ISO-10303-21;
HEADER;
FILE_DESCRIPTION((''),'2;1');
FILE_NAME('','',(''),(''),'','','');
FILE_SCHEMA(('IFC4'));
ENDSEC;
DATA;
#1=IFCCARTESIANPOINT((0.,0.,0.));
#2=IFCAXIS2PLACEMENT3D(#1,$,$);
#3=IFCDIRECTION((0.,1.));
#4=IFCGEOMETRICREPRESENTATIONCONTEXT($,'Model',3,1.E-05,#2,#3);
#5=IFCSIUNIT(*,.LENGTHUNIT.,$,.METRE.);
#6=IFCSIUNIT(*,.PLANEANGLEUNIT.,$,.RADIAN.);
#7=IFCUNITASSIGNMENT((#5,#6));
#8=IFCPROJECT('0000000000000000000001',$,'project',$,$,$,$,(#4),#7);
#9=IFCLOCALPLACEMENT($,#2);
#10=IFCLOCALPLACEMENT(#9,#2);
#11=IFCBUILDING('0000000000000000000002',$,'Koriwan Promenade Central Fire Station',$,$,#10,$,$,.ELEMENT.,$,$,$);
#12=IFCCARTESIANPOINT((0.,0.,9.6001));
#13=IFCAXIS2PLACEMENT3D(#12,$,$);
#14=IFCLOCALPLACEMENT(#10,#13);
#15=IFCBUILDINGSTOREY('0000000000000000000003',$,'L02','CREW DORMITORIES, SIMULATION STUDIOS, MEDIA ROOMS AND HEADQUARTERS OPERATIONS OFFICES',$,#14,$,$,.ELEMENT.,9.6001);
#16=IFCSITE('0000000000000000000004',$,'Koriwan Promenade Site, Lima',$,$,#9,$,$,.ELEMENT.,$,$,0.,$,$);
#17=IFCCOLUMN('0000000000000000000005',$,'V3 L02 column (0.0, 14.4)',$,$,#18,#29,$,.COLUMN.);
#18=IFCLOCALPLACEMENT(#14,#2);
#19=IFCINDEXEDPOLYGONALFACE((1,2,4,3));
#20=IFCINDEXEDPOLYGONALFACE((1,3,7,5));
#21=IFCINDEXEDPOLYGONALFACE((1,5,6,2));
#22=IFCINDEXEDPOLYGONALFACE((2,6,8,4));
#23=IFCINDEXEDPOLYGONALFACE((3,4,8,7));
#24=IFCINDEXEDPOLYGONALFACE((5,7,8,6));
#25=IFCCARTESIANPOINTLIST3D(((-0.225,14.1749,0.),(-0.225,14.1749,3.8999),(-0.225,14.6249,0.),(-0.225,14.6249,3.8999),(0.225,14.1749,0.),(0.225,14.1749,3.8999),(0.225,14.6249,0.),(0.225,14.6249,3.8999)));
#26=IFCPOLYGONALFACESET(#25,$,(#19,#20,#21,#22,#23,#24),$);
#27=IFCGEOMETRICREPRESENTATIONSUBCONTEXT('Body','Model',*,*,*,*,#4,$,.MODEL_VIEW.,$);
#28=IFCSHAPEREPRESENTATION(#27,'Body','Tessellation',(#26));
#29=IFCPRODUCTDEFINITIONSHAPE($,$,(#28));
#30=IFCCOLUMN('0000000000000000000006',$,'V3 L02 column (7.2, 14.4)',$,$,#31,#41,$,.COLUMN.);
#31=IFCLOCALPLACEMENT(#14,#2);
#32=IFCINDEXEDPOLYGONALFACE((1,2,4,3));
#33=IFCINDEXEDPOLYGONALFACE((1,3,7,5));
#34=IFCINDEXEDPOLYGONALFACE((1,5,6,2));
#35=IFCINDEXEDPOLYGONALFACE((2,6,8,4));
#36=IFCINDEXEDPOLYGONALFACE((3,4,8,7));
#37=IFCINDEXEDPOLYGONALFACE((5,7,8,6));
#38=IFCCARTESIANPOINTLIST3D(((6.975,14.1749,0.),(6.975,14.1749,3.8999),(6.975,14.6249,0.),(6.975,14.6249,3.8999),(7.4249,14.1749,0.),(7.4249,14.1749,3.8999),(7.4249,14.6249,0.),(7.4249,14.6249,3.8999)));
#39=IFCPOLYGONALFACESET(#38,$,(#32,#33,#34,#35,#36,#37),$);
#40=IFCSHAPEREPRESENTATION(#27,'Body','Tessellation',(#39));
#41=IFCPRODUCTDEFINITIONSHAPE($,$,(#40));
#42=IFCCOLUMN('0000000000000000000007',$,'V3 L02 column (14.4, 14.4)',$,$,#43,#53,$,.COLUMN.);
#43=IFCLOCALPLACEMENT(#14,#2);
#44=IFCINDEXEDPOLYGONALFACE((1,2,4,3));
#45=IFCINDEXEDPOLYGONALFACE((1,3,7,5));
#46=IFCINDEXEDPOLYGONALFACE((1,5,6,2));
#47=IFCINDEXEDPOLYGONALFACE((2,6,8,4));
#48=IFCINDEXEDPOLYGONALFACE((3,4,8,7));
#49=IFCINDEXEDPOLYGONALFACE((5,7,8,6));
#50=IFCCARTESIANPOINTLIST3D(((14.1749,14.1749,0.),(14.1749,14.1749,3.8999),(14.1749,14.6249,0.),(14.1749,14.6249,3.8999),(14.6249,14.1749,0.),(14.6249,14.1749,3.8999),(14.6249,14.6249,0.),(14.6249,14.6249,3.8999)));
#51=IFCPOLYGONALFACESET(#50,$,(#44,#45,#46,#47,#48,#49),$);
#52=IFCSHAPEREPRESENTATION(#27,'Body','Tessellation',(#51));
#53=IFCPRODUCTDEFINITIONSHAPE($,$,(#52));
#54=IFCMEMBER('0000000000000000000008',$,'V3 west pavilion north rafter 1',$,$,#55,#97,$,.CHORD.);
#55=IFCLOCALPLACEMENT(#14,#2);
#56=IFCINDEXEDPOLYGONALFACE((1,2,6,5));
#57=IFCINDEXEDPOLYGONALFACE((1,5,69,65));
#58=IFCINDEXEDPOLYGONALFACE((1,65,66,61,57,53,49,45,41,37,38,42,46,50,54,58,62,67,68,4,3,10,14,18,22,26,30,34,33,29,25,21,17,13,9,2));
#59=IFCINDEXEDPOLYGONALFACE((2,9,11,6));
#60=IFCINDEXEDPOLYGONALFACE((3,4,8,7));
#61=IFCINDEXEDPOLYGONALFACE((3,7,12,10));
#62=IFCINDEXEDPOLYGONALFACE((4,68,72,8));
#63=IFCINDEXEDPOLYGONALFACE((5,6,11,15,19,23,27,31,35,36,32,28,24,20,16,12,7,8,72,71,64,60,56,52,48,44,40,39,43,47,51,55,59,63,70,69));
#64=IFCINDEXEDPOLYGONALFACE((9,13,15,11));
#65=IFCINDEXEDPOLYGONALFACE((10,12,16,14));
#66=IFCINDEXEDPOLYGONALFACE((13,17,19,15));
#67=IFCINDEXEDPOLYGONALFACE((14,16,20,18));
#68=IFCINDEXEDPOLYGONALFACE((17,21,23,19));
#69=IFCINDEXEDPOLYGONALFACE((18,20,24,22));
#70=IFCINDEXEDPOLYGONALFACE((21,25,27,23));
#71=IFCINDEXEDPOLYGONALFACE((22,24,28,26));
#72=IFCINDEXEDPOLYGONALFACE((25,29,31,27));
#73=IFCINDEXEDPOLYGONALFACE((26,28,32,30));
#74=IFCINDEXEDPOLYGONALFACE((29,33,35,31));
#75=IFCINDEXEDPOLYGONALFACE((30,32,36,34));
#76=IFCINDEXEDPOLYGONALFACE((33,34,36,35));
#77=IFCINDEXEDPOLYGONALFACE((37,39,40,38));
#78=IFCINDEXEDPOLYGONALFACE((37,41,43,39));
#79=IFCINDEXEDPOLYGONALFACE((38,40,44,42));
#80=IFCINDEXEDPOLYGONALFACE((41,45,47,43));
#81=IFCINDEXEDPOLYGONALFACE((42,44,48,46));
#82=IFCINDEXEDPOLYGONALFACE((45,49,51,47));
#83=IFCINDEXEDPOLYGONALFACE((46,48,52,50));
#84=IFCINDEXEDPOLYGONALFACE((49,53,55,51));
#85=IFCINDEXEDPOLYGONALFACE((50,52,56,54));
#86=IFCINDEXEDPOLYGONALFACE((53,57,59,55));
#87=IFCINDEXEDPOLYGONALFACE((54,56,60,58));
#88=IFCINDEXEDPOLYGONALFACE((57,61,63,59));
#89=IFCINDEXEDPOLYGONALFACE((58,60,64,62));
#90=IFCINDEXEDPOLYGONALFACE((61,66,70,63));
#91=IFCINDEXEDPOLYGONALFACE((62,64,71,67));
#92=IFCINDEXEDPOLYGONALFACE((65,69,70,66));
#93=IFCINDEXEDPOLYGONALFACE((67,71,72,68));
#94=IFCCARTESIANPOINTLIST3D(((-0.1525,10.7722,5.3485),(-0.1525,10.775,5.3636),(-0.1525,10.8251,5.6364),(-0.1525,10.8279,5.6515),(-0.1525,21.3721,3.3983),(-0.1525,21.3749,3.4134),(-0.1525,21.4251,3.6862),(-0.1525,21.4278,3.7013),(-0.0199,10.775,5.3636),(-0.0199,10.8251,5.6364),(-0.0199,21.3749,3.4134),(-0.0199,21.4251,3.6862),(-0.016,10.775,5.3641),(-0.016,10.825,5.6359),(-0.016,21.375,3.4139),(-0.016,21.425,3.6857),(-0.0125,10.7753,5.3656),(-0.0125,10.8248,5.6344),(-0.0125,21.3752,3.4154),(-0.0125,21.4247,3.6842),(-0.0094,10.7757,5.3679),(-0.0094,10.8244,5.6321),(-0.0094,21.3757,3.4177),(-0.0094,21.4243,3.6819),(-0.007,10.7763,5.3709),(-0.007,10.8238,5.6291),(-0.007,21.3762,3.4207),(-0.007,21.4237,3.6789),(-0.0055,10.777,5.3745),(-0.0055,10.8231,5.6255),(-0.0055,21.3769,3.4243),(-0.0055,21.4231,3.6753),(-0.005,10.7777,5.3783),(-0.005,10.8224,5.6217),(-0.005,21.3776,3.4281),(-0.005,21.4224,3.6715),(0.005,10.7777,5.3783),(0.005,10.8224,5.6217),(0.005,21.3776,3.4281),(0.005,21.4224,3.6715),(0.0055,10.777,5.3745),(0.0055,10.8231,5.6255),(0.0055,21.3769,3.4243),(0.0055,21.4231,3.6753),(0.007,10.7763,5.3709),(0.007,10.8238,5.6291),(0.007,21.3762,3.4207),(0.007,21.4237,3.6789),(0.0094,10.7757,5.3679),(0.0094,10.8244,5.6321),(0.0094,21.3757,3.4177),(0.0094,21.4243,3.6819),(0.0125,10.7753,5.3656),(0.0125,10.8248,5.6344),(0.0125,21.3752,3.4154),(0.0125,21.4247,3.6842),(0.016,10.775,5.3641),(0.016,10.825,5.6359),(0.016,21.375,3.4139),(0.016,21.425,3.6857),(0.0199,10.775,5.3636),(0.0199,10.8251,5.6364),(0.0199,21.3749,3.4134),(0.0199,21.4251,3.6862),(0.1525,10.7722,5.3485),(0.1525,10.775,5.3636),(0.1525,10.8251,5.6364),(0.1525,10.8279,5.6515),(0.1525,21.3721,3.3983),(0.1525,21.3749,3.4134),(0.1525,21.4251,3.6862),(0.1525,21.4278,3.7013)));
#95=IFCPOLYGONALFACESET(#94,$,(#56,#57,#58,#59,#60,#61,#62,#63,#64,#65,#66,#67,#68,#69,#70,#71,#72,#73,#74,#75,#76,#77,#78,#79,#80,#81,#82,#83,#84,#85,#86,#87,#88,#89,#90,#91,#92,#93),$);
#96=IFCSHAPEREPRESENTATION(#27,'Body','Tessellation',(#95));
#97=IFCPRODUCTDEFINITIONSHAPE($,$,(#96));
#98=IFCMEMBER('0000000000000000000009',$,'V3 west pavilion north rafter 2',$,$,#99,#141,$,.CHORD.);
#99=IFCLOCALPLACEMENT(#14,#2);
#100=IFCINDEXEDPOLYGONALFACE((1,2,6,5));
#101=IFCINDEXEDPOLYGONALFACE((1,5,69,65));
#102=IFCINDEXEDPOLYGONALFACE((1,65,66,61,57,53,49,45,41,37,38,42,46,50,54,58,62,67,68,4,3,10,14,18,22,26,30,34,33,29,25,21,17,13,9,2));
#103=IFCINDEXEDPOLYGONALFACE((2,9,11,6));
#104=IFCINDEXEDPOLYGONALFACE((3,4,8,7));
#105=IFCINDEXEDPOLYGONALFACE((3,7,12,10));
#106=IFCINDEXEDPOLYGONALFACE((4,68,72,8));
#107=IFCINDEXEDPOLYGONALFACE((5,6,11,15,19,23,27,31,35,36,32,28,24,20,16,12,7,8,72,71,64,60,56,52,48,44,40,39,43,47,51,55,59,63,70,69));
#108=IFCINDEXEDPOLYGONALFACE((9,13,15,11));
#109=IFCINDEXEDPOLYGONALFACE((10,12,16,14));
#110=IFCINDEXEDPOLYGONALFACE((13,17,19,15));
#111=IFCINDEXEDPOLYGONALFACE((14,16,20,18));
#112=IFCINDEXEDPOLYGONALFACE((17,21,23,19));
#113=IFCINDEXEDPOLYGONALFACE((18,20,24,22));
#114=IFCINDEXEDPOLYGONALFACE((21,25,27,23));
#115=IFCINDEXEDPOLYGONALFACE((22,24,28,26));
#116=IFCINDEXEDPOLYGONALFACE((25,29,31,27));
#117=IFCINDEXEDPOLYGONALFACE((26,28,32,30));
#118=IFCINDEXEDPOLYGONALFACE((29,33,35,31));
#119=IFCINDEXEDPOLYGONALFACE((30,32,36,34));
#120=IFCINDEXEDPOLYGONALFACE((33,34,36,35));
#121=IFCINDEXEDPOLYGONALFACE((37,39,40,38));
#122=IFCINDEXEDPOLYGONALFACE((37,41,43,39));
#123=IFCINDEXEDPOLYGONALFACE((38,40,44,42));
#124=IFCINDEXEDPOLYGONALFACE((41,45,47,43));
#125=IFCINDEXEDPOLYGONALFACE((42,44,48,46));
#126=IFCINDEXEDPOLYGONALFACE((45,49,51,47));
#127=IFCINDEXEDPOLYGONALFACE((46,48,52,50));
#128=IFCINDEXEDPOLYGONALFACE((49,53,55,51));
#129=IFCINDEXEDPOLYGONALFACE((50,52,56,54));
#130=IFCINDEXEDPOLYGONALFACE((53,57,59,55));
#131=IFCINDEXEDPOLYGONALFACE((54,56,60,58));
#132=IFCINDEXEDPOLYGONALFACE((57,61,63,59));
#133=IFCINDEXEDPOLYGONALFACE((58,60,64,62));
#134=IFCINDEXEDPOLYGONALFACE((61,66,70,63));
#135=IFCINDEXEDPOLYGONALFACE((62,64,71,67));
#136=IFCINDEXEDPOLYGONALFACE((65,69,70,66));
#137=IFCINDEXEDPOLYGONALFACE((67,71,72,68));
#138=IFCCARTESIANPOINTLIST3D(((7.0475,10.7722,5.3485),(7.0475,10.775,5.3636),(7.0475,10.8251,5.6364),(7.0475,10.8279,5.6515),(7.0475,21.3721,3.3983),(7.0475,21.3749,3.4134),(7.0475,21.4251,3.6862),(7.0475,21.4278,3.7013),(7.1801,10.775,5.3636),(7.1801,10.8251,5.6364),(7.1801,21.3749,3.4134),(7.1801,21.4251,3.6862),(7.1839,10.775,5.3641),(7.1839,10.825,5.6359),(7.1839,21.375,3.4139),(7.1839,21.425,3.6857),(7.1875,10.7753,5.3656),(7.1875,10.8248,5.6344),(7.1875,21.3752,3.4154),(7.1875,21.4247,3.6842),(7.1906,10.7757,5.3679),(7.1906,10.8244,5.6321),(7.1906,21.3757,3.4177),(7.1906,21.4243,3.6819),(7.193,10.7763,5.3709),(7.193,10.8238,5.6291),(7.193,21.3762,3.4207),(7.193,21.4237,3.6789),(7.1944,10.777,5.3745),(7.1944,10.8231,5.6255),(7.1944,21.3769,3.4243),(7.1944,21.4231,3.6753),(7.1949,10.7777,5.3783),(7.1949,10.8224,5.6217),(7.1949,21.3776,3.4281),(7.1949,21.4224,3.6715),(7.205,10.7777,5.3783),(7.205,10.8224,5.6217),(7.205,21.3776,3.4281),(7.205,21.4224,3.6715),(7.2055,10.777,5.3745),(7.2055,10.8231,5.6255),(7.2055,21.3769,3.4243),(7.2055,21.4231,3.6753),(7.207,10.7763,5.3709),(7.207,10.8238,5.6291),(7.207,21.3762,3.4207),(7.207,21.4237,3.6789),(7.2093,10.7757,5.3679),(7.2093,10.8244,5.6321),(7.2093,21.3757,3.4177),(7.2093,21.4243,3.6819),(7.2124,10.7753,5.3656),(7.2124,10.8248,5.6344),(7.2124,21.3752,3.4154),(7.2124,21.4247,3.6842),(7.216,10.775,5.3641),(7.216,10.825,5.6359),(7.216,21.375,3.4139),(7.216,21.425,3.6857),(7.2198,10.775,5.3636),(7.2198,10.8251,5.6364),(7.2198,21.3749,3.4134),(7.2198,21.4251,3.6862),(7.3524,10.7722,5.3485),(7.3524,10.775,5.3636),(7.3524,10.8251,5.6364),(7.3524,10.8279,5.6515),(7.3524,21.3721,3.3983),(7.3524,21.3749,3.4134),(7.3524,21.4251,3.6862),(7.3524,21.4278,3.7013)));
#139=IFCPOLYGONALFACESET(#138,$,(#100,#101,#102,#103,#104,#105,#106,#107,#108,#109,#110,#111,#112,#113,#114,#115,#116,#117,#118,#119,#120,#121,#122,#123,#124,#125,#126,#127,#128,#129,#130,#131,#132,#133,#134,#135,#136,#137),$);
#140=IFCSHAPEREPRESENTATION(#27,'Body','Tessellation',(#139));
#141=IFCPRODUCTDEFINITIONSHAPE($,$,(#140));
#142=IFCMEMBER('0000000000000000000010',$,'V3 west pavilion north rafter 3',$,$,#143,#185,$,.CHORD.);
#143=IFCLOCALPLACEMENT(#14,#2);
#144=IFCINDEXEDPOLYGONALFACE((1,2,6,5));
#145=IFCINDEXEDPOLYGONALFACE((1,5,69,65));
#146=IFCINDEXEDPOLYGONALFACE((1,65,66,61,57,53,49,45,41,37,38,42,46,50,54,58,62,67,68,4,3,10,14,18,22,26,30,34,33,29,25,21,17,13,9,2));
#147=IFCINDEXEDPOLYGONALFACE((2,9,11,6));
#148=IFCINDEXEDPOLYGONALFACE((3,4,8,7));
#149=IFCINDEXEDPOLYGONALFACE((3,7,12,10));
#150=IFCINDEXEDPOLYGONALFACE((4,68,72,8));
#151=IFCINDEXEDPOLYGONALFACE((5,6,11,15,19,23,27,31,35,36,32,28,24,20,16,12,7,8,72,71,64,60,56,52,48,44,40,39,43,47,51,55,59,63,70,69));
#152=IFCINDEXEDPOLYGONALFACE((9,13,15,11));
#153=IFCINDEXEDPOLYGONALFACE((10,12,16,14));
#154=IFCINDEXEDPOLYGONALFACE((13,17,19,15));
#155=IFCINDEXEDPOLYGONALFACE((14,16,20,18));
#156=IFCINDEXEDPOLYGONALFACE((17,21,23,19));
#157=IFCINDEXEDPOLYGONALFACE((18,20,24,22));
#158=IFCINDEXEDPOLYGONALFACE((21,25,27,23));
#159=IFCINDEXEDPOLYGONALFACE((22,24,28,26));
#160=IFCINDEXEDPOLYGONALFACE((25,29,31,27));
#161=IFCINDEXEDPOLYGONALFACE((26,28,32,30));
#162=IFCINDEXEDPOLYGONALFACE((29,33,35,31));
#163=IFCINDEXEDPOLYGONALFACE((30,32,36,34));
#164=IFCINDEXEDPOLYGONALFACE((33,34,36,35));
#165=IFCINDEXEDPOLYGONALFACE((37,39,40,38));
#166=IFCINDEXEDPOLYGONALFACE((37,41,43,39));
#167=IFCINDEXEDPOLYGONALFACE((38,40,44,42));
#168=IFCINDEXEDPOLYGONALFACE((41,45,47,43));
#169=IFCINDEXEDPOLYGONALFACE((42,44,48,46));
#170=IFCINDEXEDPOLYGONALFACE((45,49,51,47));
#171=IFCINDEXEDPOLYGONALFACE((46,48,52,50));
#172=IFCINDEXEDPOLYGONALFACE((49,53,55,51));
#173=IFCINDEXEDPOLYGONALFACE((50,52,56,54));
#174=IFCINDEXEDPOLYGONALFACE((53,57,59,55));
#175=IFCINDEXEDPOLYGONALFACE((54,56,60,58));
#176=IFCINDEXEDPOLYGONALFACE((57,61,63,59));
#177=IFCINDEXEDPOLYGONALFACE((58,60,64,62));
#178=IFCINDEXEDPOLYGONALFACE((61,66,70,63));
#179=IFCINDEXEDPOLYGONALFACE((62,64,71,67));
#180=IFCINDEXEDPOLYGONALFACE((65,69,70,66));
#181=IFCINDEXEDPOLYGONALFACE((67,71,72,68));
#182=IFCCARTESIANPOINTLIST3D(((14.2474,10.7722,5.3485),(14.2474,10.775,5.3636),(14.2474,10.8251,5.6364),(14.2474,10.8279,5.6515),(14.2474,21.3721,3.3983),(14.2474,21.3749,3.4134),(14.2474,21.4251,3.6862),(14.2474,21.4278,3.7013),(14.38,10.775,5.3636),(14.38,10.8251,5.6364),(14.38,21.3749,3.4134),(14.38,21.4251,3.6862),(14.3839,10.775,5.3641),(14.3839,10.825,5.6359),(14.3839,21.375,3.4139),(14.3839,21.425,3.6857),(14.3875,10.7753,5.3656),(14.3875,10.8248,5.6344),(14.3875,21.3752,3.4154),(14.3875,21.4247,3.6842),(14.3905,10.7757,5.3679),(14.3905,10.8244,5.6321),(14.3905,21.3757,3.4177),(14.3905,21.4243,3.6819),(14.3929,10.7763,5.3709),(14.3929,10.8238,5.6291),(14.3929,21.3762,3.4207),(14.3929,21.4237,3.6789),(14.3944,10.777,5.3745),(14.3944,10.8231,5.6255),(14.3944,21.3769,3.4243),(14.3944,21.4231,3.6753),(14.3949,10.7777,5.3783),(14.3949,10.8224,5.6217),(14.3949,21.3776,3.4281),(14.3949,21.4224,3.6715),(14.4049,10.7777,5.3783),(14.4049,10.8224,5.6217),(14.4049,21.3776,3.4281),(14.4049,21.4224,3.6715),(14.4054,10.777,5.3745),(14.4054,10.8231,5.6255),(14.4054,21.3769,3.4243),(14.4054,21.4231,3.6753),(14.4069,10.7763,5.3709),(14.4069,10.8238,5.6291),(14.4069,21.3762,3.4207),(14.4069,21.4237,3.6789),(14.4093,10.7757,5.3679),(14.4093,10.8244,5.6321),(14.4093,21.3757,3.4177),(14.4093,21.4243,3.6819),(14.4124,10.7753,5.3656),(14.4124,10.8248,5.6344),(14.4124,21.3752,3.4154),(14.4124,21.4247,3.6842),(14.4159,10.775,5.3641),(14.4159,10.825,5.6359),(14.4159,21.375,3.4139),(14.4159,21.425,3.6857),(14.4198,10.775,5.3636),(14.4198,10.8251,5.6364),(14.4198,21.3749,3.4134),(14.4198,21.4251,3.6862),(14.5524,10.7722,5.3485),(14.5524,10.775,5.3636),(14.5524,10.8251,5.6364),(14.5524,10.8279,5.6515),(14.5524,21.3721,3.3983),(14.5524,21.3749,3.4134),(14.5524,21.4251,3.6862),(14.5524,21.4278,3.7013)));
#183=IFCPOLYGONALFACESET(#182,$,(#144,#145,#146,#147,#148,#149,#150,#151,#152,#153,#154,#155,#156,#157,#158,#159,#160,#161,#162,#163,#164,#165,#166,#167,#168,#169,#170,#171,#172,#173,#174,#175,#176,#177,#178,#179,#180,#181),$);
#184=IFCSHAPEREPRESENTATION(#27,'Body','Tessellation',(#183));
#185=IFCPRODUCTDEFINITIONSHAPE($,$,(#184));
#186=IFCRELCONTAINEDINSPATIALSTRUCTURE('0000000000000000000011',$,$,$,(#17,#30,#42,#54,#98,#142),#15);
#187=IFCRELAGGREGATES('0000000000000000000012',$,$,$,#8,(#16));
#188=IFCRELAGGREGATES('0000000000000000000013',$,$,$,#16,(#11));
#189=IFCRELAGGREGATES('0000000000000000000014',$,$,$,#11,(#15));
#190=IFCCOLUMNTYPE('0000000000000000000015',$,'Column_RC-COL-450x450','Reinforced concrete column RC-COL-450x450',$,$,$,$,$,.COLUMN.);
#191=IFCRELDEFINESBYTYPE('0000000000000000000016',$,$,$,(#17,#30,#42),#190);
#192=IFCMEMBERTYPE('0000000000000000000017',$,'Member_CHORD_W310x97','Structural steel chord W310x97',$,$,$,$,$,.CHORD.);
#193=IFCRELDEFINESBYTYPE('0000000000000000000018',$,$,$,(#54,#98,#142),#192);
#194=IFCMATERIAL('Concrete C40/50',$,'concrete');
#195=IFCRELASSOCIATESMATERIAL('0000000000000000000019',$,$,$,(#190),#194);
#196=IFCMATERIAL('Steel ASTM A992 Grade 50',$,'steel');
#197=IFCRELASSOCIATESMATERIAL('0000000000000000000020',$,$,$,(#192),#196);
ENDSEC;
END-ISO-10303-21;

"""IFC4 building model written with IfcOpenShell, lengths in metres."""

from ifc_helpers import new_model, si_unit, direction, frame, origin, origin_2d, place, context, subcontext, project, spatial, rectangle, i_section, extrude, material, material_profile, profile_set, type_object, element, save


model = new_model("IFC4")

# Units and contexts
model_context = context("Model", 3, precision=1e-05, world=origin(), true_north=direction((0.0, 1.0)))
body_context = subcontext(model_context, "Body", "Model", "MODEL_VIEW")
ifc_project = project(units=[si_unit("LENGTHUNIT", "METRE"), si_unit("PLANEANGLEUNIT", "RADIAN")], contexts=[model_context])

# Site, building, storey
site_placement = place(None, origin())
site = spatial("IfcSite", under=ifc_project, at=site_placement, Name="Koriwan Promenade Site, Lima", CompositionType="ELEMENT", RefElevation=0.0)
building_placement = place(site_placement, origin())
building = spatial("IfcBuilding", under=site, at=building_placement, Name="Koriwan Promenade Central Fire Station", CompositionType="ELEMENT")
storey_placement = place(building_placement, frame((0.0, 0.0, 9.6001)))
storey = spatial("IfcBuildingStorey", under=building, at=storey_placement, Name="L02", Description="CREW DORMITORIES, SIMULATION STUDIOS, MEDIA ROOMS AND HEADQUARTERS OPERATIONS OFFICES", CompositionType="ELEMENT", Elevation=9.6001)

# Columns
ifc_material_1 = material(Name="Concrete C40/50", Category="concrete")
ifc_material_profile_1 = material_profile(ifc_material_1, rectangle(XDim=0.45, YDim=0.45, at=origin_2d()), Name="RC-COL-450x450")
ifc_profile_set_1 = profile_set([ifc_material_profile_1], Name="Concrete C40/50")
column_type = type_object("IfcColumnType", Name="Column_RC-COL-450x450", Description="Reinforced concrete column RC-COL-450x450", PredefinedType="COLUMN", material=ifc_profile_set_1)
for number, where, z_axis, x_axis, name in (
    (1, (0.0, 14.3999, 0.0), (0.0, 0.0, 1.0), (1.0, 0.0, 0.0), "V3 L02 column (0.0, 14.4)"),
    (2, (7.2, 14.3999, 0.0), (0.0, 0.0, 1.0), (1.0, 0.0, 0.0), "V3 L02 column (7.2, 14.4)"),
    (3, (14.3999, 14.3999, 0.0), (0.0, 0.0, 1.0), (1.0, 0.0, 0.0), "V3 L02 column (14.4, 14.4)"),
):
    element("IfcColumn", number, at=place(storey_placement, frame(where, z_axis=z_axis, x_axis=x_axis)), inside=storey, type_object=column_type, Name=name, PredefinedType="COLUMN", context=body_context, shape_type="SweptSolid", body=[
        extrude(rectangle(XDim=0.45, YDim=0.45, at=origin_2d()), origin(), (0.0, 0.0, 1.0), 3.8999),
    ])

# Members
ifc_material_2 = material(Name="Steel ASTM A992 Grade 50", Category="steel")
ifc_material_profile_2 = material_profile(ifc_material_2, i_section(OverallWidth=0.3049, OverallDepth=0.3081, WebThickness=0.01, FlangeThickness=0.0154, FilletRadius=0.0149, at=origin_2d()), Name="W310x97")
ifc_profile_set_2 = profile_set([ifc_material_profile_2], Name="Steel ASTM A992 Grade 50")
member_type_1 = type_object("IfcMemberType", Name="Member_CHORD_W310x97", Description="Structural steel chord W310x97", PredefinedType="CHORD", material=ifc_profile_set_2)
for number, where, z_axis, x_axis, name in (
    (4, (0.0, 10.8, 5.5), (0.0, 0.983493, -0.180946), (-1.0, 0.0, 0.0), "V3 west pavilion north rafter 1"),
    (5, (7.2, 10.8, 5.5), (0.0, 0.983493, -0.180946), (-1.0, 0.0, 0.0), "V3 west pavilion north rafter 2"),
    (6, (14.3999, 10.8, 5.5), (0.0, 0.983493, -0.180946), (-1.0, 0.0, 0.0), "V3 west pavilion north rafter 3"),
):
    element("IfcMember", number, at=place(storey_placement, frame(where, z_axis=z_axis, x_axis=x_axis)), inside=storey, type_object=member_type_1, Name=name, PredefinedType="CHORD", context=body_context, shape_type="SweptSolid", body=[
        extrude(i_section(OverallWidth=0.3049, OverallDepth=0.3081, WebThickness=0.01, FlangeThickness=0.0154, FilletRadius=0.0149, at=origin_2d()), origin(), (0.0, 0.0, 1.0), 10.7778),
    ])

save(model, "model.ifc")
